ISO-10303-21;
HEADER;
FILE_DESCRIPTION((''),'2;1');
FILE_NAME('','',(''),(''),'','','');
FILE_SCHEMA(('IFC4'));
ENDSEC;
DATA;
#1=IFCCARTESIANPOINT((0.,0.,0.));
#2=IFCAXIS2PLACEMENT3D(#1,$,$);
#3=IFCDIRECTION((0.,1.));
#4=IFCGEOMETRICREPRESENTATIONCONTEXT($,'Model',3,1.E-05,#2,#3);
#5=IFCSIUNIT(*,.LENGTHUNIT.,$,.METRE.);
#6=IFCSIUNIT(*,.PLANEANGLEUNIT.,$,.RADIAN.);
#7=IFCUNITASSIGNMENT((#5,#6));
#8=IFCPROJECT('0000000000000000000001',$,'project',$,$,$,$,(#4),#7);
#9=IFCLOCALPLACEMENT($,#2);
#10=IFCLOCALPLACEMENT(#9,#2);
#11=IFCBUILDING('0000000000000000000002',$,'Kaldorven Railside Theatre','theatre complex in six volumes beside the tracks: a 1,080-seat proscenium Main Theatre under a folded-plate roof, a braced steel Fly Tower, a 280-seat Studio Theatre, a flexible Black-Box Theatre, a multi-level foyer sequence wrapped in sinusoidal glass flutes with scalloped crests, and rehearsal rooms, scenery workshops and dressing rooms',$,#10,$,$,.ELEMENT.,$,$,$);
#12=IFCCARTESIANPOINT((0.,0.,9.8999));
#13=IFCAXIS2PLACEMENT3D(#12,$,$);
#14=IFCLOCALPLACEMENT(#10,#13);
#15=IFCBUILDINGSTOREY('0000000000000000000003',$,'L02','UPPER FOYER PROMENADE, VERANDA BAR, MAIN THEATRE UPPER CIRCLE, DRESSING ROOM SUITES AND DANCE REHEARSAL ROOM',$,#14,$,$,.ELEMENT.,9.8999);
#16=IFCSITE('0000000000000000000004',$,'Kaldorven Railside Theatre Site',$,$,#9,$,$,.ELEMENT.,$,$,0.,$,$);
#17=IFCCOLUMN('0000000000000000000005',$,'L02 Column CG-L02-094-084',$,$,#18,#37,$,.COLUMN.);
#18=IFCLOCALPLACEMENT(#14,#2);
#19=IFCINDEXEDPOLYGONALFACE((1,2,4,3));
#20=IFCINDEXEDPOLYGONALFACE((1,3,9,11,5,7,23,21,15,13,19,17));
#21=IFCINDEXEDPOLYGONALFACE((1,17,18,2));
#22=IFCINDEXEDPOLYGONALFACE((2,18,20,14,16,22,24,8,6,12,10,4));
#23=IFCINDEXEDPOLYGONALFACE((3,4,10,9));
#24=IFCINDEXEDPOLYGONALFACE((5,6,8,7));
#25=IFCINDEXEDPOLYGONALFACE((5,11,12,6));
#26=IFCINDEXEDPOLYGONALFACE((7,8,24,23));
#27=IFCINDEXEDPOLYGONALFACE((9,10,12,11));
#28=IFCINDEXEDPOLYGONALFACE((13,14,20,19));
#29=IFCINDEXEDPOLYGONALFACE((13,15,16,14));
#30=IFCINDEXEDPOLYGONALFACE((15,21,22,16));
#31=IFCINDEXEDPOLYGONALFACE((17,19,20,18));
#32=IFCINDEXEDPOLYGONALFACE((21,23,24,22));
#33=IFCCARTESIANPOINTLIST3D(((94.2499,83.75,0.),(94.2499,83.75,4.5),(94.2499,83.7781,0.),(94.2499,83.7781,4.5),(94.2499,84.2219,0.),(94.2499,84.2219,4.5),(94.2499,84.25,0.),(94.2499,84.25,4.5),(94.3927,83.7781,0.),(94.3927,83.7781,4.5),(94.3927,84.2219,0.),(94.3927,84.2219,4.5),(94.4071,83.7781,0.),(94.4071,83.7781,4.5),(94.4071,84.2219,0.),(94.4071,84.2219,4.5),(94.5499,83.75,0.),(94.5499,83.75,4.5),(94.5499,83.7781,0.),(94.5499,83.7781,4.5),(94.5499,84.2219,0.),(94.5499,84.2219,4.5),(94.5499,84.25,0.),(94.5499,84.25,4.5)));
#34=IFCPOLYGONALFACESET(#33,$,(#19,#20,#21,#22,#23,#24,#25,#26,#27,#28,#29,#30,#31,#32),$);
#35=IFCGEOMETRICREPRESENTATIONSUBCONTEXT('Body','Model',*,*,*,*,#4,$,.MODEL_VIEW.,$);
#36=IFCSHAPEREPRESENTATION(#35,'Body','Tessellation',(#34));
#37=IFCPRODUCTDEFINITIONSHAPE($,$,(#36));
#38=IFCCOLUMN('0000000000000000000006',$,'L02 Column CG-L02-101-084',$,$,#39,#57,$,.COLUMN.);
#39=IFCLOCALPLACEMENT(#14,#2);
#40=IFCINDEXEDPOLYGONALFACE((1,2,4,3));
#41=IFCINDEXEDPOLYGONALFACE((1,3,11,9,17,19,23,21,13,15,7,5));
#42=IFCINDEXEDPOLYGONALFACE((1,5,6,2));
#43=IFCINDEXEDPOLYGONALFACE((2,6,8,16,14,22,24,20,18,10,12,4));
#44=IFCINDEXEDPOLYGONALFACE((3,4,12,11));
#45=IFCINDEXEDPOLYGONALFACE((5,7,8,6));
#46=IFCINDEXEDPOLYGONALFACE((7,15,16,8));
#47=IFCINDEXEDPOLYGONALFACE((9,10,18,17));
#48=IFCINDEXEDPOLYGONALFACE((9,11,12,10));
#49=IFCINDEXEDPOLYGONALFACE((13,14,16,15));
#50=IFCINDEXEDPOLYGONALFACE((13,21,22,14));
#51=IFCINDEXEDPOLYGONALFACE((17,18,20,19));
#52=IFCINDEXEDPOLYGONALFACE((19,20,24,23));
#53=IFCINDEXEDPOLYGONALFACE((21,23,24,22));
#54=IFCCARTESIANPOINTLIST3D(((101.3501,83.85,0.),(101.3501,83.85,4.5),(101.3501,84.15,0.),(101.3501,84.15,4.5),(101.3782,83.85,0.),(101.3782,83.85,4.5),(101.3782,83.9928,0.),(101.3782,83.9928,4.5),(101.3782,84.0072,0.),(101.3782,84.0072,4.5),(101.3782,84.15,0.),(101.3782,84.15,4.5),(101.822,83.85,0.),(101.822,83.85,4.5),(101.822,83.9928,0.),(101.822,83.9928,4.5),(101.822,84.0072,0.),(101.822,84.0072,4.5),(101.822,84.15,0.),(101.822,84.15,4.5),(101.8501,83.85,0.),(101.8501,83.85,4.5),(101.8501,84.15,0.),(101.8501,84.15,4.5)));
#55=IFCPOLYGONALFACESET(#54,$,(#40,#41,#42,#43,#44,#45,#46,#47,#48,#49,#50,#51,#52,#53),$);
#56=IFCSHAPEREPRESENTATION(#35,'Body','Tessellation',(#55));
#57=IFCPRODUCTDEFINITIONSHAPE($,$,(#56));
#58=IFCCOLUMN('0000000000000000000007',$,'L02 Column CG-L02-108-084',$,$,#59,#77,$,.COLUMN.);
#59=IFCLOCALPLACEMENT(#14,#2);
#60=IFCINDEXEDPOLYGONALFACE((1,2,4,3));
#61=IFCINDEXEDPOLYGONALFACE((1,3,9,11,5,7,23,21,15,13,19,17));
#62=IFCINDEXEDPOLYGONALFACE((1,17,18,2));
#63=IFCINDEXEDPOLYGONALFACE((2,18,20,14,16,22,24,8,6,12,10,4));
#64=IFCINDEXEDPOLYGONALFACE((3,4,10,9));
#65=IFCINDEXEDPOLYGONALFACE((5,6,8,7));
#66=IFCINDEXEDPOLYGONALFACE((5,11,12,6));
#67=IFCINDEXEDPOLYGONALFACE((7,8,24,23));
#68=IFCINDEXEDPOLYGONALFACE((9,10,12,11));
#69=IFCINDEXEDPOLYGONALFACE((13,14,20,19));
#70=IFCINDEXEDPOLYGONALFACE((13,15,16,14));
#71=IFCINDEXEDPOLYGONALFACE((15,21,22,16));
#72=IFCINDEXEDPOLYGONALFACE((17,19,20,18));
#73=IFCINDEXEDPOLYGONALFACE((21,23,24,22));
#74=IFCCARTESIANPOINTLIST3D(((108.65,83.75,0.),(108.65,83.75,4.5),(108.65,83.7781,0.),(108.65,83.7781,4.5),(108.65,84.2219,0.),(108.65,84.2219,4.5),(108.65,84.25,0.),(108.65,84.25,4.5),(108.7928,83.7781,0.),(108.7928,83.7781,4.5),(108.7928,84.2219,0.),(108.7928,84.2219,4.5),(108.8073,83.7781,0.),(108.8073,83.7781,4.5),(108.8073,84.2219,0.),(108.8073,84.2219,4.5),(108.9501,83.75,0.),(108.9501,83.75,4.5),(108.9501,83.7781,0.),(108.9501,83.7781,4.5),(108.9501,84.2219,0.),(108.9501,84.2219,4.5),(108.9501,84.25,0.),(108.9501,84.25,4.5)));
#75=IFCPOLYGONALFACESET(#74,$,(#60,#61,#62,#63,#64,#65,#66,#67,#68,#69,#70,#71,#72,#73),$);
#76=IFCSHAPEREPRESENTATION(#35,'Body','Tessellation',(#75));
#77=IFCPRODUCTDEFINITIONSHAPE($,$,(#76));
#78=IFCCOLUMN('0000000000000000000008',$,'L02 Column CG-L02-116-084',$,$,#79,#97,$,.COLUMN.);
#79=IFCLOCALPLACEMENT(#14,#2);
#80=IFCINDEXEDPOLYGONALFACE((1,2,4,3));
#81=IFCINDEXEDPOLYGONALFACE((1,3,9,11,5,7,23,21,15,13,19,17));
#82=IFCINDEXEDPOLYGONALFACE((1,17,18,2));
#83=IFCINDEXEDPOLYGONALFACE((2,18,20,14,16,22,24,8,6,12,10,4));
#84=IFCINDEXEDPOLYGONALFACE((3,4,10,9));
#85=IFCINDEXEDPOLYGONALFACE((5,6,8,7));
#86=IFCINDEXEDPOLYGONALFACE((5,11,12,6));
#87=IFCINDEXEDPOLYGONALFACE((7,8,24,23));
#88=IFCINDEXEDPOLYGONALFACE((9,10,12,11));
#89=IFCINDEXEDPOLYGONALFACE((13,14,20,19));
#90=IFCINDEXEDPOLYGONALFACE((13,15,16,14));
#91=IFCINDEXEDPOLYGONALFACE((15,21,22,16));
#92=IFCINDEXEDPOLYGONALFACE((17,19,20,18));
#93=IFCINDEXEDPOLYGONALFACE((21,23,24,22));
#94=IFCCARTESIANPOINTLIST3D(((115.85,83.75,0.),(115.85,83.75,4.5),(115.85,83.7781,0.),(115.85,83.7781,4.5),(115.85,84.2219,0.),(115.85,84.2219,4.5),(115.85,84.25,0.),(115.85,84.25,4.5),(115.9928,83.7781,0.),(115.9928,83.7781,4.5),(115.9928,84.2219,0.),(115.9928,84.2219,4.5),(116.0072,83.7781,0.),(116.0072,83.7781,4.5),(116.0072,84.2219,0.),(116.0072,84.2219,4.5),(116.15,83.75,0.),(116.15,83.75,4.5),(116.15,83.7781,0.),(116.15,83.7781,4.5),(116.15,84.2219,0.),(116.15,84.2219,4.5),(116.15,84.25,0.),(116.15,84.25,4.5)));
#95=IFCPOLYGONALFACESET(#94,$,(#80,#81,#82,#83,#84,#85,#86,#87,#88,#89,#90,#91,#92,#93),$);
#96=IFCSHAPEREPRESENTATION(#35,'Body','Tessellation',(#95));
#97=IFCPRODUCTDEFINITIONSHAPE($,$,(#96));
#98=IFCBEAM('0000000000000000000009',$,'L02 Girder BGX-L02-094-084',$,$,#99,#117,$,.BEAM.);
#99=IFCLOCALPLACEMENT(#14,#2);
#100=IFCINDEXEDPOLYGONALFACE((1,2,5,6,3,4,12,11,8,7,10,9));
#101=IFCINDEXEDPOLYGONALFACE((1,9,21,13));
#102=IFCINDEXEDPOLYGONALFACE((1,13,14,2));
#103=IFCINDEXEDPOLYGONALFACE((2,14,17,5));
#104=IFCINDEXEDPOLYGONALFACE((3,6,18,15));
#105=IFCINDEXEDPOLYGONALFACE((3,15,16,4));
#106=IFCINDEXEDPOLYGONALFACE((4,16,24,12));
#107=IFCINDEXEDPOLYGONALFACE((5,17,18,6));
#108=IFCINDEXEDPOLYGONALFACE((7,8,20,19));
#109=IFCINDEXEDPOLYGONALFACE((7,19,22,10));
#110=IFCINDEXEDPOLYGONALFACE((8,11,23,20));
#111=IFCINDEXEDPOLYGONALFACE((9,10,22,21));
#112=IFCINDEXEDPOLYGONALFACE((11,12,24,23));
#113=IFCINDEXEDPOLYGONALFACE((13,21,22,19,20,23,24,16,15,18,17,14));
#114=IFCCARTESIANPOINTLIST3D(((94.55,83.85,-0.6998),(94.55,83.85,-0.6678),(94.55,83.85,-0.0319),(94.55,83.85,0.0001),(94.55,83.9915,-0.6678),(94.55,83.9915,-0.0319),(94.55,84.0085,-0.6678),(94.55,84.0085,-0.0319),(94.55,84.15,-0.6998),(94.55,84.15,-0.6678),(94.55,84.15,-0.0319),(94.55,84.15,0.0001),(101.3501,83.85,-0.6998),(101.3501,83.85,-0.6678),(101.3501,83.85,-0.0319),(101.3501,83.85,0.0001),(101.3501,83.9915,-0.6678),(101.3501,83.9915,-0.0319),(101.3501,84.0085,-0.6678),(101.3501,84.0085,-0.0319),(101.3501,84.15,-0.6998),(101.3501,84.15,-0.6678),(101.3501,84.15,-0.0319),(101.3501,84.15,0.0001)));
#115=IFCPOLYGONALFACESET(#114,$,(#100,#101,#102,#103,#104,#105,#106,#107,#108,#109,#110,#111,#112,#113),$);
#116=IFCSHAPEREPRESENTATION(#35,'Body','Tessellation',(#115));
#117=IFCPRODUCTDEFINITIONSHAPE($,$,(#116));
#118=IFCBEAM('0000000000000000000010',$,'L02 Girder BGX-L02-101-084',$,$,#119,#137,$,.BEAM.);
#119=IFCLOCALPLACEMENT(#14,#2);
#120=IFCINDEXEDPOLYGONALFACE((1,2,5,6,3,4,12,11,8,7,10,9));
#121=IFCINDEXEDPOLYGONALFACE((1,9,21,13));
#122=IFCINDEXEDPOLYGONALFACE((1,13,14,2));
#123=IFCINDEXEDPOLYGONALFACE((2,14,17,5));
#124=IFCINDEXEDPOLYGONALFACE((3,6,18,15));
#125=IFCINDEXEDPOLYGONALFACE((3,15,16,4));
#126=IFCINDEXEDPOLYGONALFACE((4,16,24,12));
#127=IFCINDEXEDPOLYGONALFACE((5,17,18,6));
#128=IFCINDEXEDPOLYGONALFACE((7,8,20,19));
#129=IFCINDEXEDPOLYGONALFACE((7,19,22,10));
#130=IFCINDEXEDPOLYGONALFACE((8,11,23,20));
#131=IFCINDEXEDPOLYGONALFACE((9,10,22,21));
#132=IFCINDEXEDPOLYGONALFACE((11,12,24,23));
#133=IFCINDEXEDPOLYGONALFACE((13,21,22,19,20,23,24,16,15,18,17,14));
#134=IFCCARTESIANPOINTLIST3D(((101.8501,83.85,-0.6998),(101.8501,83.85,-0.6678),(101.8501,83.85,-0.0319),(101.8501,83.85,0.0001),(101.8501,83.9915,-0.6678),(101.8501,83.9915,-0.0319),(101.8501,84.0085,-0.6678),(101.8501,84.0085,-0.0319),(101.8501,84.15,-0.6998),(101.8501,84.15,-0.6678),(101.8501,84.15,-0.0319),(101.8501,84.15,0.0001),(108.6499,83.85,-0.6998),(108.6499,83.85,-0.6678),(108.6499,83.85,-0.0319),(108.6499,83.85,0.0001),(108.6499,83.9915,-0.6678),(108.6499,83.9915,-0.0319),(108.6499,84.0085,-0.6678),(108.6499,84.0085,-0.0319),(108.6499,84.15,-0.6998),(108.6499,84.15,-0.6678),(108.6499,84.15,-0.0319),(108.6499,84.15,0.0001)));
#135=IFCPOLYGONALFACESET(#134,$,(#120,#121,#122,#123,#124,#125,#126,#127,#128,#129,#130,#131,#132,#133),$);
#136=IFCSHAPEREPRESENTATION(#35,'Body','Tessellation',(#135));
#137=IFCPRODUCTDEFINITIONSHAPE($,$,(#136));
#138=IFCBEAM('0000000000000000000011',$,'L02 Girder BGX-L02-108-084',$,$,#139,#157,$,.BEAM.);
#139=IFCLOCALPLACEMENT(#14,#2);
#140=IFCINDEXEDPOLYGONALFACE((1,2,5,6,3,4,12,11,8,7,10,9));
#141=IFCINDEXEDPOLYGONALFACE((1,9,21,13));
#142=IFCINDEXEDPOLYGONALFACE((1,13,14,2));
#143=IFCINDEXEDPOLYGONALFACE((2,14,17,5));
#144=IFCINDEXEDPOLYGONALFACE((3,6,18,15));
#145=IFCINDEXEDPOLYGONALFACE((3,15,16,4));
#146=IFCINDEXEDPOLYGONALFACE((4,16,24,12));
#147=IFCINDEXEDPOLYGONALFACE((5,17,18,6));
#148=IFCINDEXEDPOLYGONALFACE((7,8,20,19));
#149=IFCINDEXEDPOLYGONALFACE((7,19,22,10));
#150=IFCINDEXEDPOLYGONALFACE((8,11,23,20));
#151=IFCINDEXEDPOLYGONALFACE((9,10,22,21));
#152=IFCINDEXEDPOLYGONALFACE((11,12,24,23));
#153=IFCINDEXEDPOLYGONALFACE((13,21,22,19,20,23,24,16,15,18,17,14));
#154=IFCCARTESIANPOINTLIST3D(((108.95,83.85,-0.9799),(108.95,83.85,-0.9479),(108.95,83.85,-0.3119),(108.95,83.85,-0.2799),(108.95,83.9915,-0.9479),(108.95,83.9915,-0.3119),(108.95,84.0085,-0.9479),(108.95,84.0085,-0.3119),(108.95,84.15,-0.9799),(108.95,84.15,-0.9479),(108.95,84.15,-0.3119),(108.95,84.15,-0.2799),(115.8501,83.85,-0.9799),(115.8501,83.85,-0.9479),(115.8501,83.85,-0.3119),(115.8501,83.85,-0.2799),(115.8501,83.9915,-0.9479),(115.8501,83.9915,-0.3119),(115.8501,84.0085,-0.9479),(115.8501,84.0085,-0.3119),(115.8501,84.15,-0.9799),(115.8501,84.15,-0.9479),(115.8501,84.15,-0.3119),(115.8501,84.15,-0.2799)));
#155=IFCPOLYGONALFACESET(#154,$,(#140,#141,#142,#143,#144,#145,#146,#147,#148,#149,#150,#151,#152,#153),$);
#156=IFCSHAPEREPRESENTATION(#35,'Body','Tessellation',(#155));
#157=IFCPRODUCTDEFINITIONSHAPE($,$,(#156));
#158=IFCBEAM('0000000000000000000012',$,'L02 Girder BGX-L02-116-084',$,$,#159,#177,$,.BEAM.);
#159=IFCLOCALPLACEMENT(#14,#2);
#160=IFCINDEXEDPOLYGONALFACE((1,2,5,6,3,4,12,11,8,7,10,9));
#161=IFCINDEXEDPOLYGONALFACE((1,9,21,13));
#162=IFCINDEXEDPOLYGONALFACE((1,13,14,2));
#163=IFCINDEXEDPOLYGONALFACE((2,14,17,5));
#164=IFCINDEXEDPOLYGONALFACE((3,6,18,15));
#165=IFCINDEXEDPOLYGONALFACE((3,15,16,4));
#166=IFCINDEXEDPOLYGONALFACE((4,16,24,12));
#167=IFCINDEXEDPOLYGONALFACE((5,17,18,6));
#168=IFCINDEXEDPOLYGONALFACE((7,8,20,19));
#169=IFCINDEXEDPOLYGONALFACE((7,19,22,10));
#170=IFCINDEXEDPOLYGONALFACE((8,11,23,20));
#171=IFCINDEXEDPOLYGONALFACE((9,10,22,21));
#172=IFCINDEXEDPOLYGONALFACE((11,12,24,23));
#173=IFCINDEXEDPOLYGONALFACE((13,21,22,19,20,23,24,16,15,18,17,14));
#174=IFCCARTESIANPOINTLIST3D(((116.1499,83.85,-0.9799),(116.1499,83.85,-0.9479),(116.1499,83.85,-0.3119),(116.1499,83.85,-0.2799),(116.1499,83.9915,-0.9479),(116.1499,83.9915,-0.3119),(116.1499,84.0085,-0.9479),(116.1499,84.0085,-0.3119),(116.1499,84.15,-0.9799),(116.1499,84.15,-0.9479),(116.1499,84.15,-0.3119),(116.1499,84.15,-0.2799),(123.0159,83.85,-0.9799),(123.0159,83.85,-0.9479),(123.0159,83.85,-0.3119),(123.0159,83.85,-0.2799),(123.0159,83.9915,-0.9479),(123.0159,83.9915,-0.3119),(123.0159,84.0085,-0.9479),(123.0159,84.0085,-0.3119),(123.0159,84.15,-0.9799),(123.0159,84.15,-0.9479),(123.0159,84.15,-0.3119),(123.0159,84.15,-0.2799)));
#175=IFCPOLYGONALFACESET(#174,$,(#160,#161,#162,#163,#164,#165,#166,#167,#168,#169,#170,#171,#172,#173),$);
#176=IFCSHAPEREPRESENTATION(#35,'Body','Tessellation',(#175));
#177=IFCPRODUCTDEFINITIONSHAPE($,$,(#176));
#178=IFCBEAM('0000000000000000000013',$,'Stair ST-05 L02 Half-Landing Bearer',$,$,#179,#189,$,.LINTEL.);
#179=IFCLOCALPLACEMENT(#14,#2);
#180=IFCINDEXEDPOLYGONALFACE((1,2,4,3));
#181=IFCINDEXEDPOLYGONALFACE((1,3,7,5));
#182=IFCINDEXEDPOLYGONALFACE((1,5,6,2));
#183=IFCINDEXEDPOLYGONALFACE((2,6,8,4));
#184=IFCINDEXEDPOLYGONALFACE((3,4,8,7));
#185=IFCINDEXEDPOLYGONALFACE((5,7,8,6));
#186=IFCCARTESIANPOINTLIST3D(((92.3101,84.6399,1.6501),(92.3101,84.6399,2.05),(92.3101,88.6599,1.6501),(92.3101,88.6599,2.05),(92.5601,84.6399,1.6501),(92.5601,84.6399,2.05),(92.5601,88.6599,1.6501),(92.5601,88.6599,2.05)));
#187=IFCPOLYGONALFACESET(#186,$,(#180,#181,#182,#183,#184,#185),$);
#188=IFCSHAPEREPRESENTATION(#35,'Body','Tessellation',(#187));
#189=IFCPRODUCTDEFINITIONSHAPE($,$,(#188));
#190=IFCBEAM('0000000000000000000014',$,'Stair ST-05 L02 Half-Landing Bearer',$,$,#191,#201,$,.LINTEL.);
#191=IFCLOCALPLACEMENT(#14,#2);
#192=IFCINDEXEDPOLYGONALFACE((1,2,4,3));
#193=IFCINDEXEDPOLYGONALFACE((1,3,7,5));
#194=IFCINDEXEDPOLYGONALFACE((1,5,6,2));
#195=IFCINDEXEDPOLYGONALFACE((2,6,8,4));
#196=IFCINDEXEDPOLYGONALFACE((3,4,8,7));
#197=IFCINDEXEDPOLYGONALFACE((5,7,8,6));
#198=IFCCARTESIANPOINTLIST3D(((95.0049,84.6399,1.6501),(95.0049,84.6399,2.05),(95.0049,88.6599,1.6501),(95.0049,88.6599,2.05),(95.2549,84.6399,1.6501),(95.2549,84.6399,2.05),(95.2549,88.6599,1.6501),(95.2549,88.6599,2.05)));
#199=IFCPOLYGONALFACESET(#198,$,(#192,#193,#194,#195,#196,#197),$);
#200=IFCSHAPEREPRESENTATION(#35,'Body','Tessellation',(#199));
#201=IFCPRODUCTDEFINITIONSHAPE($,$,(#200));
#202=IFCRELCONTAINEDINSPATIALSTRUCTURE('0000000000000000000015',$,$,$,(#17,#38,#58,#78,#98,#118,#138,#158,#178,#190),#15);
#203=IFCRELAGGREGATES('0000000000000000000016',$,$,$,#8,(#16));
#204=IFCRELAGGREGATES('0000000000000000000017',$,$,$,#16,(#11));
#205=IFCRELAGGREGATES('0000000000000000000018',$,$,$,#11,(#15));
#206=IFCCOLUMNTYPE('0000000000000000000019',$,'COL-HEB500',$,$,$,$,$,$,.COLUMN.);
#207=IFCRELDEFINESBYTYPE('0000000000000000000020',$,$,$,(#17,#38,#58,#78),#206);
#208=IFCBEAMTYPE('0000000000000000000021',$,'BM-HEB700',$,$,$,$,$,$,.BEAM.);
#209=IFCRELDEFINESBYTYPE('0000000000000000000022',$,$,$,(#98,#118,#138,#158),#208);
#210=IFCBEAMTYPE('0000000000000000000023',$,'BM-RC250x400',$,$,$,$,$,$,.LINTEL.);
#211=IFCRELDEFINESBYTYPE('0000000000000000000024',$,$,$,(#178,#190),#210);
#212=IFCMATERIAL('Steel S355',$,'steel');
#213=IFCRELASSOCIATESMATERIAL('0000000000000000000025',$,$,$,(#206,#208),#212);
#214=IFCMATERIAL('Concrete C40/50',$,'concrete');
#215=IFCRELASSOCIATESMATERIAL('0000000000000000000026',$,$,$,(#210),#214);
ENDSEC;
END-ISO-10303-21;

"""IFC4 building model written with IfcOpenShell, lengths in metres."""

from ifc_helpers import new_model, si_unit, direction, frame, origin, origin_2d, place, context, subcontext, project, spatial, rectangle, i_section, extrude, material, material_profile, profile_set, type_object, element, save


model = new_model("IFC4")

# Units and contexts
model_context = context("Model", 3, precision=1e-05, world=origin(), true_north=direction((0.0, 1.0)))
body_context = subcontext(model_context, "Body", "Model", "MODEL_VIEW")
ifc_project = project(units=[si_unit("LENGTHUNIT", "METRE"), si_unit("PLANEANGLEUNIT", "RADIAN")], contexts=[model_context])

# Site, building, storey
site_placement = place(None, origin())
site = spatial("IfcSite", under=ifc_project, at=site_placement, Name="Kaldorven Railside Theatre Site", CompositionType="ELEMENT", RefElevation=0.0)
building_placement = place(site_placement, origin())
building = spatial("IfcBuilding", under=site, at=building_placement, Name="Kaldorven Railside Theatre", Description="theatre complex in six volumes beside the tracks: a 1,080-seat proscenium Main Theatre under a folded-plate roof, a braced steel Fly Tower, a 280-seat Studio Theatre, a flexible Black-Box Theatre, a multi-level foyer sequence wrapped in sinusoidal glass flutes with scalloped crests, and rehearsal rooms, scenery workshops and dressing rooms", CompositionType="ELEMENT")
storey_placement = place(building_placement, frame((0.0, 0.0, 9.8999)))
storey = spatial("IfcBuildingStorey", under=building, at=storey_placement, Name="L02", Description="UPPER FOYER PROMENADE, VERANDA BAR, MAIN THEATRE UPPER CIRCLE, DRESSING ROOM SUITES AND DANCE REHEARSAL ROOM", CompositionType="ELEMENT", Elevation=9.8999)

# Columns
ifc_material_1 = material(Name="Steel S355", Category="steel")
ifc_material_profile_1 = material_profile(ifc_material_1, i_section(OverallWidth=0.3, OverallDepth=0.5, WebThickness=0.0144, FlangeThickness=0.0281, at=origin_2d()), Name="HEB 500")
ifc_profile_set_1 = profile_set([ifc_material_profile_1], Name="Steel S355")
column_type = type_object("IfcColumnType", Name="COL-HEB500", PredefinedType="COLUMN", material=ifc_profile_set_1)
for number, where, z_axis, x_axis, name in (
    (1, (94.3999, 84.0, 0.0), (0.0, 0.0, 1.0), (1.0, 0.0, 0.0), "L02 Column CG-L02-094-084"),
    (2, (101.6001, 84.0, 0.0), (0.0, 0.0, 1.0), (0.0, 1.0, 0.0), "L02 Column CG-L02-101-084"),
    (3, (108.8, 84.0, 0.0), (0.0, 0.0, 1.0), (1.0, 0.0, 0.0), "L02 Column CG-L02-108-084"),
    (4, (116.0, 84.0, 0.0), (0.0, 0.0, 1.0), (1.0, 0.0, 0.0), "L02 Column CG-L02-116-084"),
):
    element("IfcColumn", number, at=place(storey_placement, frame(where, z_axis=z_axis, x_axis=x_axis)), inside=storey, type_object=column_type, Name=name, PredefinedType="COLUMN", context=body_context, shape_type="SweptSolid", body=[
        extrude(i_section(OverallWidth=0.3, OverallDepth=0.5, WebThickness=0.0144, FlangeThickness=0.0281, at=origin_2d()), origin(), (0.0, 0.0, 1.0), 4.5),
    ])

# Beams
ifc_material_profile_2 = material_profile(ifc_material_1, i_section(OverallWidth=0.3, OverallDepth=0.7, WebThickness=0.0171, FlangeThickness=0.032, at=origin_2d()), Name="HEB 700")
ifc_profile_set_2 = profile_set([ifc_material_profile_2], Name="Steel S355")
beam_type_1 = type_object("IfcBeamType", Name="BM-HEB700", PredefinedType="BEAM", material=ifc_profile_set_2)
beam_1_placement = place(storey_placement, frame((94.55, 84.0, -0.3499), z_axis=(1.0, 0.0, 0.0), x_axis=(0.0, 1.0, 0.0)))
element("IfcBeam", 5, at=beam_1_placement, inside=storey, type_object=beam_type_1, Name="L02 Girder BGX-L02-094-084", PredefinedType="BEAM", context=body_context, shape_type="SweptSolid", body=[
    extrude(i_section(OverallWidth=0.3, OverallDepth=0.7, WebThickness=0.0171, FlangeThickness=0.032, at=origin_2d()), origin(), (0.0, 0.0, 1.0), 6.8),
])
beam_2_placement = place(storey_placement, frame((101.8501, 84.0, -0.3499), z_axis=(1.0, 0.0, 0.0), x_axis=(0.0, 1.0, 0.0)))
element("IfcBeam", 6, at=beam_2_placement, inside=storey, type_object=beam_type_1, Name="L02 Girder BGX-L02-101-084", PredefinedType="BEAM", context=body_context, shape_type="SweptSolid", body=[
    extrude(i_section(OverallWidth=0.3, OverallDepth=0.7, WebThickness=0.0171, FlangeThickness=0.032, at=origin_2d()), origin(), (0.0, 0.0, 1.0), 6.7998),
])
beam_3_placement = place(storey_placement, frame((108.95, 84.0, -0.6299), z_axis=(1.0, 0.0, 0.0), x_axis=(0.0, 1.0, 0.0)))
element("IfcBeam", 7, at=beam_3_placement, inside=storey, type_object=beam_type_1, Name="L02 Girder BGX-L02-108-084", PredefinedType="BEAM", context=body_context, shape_type="SweptSolid", body=[
    extrude(i_section(OverallWidth=0.3, OverallDepth=0.7, WebThickness=0.0171, FlangeThickness=0.032, at=origin_2d()), origin(), (0.0, 0.0, 1.0), 6.9001),
])
beam_4_placement = place(storey_placement, frame((116.1499, 84.0, -0.6299), z_axis=(1.0, 0.0, 0.0), x_axis=(0.0, 1.0, 0.0)))
element("IfcBeam", 8, at=beam_4_placement, inside=storey, type_object=beam_type_1, Name="L02 Girder BGX-L02-116-084", PredefinedType="BEAM", context=body_context, shape_type="SweptSolid", body=[
    extrude(i_section(OverallWidth=0.3, OverallDepth=0.7, WebThickness=0.0171, FlangeThickness=0.032, at=origin_2d()), origin(), (0.0, 0.0, 1.0), 6.866),
])
ifc_material_2 = material(Name="Concrete C40/50", Category="concrete")
ifc_material_profile_3 = material_profile(ifc_material_2, rectangle(XDim=0.25, YDim=0.3999, at=origin_2d()), Name="RC 250x400")
ifc_profile_set_3 = profile_set([ifc_material_profile_3], Name="Concrete C40/50")
beam_type_2 = type_object("IfcBeamType", Name="BM-RC250x400", PredefinedType="LINTEL", material=ifc_profile_set_3)
for number, where, z_axis, x_axis, name in (
    (9, (92.4351, 84.6399, 1.8501), (0.0, 1.0, 0.0), (-1.0, 0.0, 0.0), "Stair ST-05 L02 Half-Landing Bearer"),
    (10, (95.1299, 84.6399, 1.8501), (0.0, 1.0, 0.0), (-1.0, 0.0, 0.0), "Stair ST-05 L02 Half-Landing Bearer"),
):
    element("IfcBeam", number, at=place(storey_placement, frame(where, z_axis=z_axis, x_axis=x_axis)), inside=storey, type_object=beam_type_2, Name=name, PredefinedType="LINTEL", context=body_context, shape_type="SweptSolid", body=[
        extrude(rectangle(XDim=0.25, YDim=0.3999, at=origin_2d()), origin(), (0.0, 0.0, 1.0), 4.02),
    ])

save(model, "model.ifc")
